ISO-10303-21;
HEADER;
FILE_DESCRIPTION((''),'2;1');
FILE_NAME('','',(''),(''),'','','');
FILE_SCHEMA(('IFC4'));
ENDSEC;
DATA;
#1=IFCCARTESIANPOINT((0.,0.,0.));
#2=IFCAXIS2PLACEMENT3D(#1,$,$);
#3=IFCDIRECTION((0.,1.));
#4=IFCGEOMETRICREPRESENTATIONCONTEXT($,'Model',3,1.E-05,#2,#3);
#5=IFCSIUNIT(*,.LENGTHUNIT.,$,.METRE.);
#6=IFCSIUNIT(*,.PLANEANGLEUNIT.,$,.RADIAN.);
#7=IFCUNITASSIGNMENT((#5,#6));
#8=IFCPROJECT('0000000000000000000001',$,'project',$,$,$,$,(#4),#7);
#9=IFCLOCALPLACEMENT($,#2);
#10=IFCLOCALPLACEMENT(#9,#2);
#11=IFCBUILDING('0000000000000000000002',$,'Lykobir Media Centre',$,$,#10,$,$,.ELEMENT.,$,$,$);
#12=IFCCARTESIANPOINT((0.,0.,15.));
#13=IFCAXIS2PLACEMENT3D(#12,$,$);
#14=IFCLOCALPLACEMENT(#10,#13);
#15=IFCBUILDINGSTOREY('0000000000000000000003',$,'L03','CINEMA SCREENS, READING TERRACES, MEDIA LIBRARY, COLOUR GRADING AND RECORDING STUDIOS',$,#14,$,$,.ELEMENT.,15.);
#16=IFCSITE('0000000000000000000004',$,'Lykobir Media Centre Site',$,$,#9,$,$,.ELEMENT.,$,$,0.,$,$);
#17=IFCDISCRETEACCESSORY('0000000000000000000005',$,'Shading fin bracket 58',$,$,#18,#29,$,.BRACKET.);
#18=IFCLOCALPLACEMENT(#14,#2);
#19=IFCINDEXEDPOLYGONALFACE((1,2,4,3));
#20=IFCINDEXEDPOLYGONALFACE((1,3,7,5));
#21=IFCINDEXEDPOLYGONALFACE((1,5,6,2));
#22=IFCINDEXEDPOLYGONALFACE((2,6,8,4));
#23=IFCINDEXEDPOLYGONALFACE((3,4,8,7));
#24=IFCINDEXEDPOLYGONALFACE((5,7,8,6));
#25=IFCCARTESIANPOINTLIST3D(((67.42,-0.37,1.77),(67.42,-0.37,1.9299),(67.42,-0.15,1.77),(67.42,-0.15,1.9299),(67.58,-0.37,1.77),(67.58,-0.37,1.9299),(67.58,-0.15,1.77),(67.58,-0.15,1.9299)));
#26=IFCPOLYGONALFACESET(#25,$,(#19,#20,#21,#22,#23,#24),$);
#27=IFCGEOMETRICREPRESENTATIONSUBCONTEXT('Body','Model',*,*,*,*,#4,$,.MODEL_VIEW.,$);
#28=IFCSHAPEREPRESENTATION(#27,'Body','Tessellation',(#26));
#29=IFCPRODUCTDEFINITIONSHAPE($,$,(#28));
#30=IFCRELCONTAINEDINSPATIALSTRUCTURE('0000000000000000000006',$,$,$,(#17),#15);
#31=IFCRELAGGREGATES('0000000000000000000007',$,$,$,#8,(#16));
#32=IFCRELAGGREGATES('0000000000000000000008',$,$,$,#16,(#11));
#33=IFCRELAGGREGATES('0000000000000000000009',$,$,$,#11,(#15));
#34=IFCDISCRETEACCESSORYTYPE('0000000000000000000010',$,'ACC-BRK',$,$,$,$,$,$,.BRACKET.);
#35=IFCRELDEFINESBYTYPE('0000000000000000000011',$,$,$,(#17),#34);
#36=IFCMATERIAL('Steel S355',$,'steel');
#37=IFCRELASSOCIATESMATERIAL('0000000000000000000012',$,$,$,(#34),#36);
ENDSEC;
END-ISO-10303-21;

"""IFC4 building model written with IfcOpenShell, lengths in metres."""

from ifc_helpers import new_model, si_unit, direction, frame, origin, origin_2d, place, context, subcontext, project, spatial, rectangle, extrude, material, type_object, element, save


model = new_model("IFC4")

# Units and contexts
model_context = context("Model", 3, precision=1e-05, world=origin(), true_north=direction((0.0, 1.0)))
body_context = subcontext(model_context, "Body", "Model", "MODEL_VIEW")
ifc_project = project(units=[si_unit("LENGTHUNIT", "METRE"), si_unit("PLANEANGLEUNIT", "RADIAN")], contexts=[model_context])

# Site, building, storey
site_placement = place(None, origin())
site = spatial("IfcSite", under=ifc_project, at=site_placement, Name="Lykobir Media Centre Site", CompositionType="ELEMENT", RefElevation=0.0)
building_placement = place(site_placement, origin())
building = spatial("IfcBuilding", under=site, at=building_placement, Name="Lykobir Media Centre", CompositionType="ELEMENT")
storey_placement = place(building_placement, frame((0.0, 0.0, 15.0)))
storey = spatial("IfcBuildingStorey", under=building, at=storey_placement, Name="L03", Description="CINEMA SCREENS, READING TERRACES, MEDIA LIBRARY, COLOUR GRADING AND RECORDING STUDIOS", CompositionType="ELEMENT", Elevation=15.0)

# Shared definitions
ifc_material_1 = material(Name="Steel S355", Category="steel")

# Discrete accessory
discrete_accessory_type = type_object("IfcDiscreteAccessoryType", Name="ACC-BRK", PredefinedType="BRACKET", material=ifc_material_1)
for number, where, z_axis, x_axis, name in (
    (1, (67.5, -0.26, 1.77), (0.0, 0.0, 1.0), (1.0, 0.0, 0.0), "Shading fin bracket 58"),
):
    element("IfcDiscreteAccessory", number, at=place(storey_placement, frame(where, z_axis=z_axis, x_axis=x_axis)), inside=storey, type_object=discrete_accessory_type, Name=name, PredefinedType="BRACKET", context=body_context, shape_type="SweptSolid", body=[
        extrude(rectangle(XDim=0.1599, YDim=0.22, at=origin_2d()), origin(), (0.0, 0.0, 1.0), 0.1599),
    ])

save(model, "model.ifc")
